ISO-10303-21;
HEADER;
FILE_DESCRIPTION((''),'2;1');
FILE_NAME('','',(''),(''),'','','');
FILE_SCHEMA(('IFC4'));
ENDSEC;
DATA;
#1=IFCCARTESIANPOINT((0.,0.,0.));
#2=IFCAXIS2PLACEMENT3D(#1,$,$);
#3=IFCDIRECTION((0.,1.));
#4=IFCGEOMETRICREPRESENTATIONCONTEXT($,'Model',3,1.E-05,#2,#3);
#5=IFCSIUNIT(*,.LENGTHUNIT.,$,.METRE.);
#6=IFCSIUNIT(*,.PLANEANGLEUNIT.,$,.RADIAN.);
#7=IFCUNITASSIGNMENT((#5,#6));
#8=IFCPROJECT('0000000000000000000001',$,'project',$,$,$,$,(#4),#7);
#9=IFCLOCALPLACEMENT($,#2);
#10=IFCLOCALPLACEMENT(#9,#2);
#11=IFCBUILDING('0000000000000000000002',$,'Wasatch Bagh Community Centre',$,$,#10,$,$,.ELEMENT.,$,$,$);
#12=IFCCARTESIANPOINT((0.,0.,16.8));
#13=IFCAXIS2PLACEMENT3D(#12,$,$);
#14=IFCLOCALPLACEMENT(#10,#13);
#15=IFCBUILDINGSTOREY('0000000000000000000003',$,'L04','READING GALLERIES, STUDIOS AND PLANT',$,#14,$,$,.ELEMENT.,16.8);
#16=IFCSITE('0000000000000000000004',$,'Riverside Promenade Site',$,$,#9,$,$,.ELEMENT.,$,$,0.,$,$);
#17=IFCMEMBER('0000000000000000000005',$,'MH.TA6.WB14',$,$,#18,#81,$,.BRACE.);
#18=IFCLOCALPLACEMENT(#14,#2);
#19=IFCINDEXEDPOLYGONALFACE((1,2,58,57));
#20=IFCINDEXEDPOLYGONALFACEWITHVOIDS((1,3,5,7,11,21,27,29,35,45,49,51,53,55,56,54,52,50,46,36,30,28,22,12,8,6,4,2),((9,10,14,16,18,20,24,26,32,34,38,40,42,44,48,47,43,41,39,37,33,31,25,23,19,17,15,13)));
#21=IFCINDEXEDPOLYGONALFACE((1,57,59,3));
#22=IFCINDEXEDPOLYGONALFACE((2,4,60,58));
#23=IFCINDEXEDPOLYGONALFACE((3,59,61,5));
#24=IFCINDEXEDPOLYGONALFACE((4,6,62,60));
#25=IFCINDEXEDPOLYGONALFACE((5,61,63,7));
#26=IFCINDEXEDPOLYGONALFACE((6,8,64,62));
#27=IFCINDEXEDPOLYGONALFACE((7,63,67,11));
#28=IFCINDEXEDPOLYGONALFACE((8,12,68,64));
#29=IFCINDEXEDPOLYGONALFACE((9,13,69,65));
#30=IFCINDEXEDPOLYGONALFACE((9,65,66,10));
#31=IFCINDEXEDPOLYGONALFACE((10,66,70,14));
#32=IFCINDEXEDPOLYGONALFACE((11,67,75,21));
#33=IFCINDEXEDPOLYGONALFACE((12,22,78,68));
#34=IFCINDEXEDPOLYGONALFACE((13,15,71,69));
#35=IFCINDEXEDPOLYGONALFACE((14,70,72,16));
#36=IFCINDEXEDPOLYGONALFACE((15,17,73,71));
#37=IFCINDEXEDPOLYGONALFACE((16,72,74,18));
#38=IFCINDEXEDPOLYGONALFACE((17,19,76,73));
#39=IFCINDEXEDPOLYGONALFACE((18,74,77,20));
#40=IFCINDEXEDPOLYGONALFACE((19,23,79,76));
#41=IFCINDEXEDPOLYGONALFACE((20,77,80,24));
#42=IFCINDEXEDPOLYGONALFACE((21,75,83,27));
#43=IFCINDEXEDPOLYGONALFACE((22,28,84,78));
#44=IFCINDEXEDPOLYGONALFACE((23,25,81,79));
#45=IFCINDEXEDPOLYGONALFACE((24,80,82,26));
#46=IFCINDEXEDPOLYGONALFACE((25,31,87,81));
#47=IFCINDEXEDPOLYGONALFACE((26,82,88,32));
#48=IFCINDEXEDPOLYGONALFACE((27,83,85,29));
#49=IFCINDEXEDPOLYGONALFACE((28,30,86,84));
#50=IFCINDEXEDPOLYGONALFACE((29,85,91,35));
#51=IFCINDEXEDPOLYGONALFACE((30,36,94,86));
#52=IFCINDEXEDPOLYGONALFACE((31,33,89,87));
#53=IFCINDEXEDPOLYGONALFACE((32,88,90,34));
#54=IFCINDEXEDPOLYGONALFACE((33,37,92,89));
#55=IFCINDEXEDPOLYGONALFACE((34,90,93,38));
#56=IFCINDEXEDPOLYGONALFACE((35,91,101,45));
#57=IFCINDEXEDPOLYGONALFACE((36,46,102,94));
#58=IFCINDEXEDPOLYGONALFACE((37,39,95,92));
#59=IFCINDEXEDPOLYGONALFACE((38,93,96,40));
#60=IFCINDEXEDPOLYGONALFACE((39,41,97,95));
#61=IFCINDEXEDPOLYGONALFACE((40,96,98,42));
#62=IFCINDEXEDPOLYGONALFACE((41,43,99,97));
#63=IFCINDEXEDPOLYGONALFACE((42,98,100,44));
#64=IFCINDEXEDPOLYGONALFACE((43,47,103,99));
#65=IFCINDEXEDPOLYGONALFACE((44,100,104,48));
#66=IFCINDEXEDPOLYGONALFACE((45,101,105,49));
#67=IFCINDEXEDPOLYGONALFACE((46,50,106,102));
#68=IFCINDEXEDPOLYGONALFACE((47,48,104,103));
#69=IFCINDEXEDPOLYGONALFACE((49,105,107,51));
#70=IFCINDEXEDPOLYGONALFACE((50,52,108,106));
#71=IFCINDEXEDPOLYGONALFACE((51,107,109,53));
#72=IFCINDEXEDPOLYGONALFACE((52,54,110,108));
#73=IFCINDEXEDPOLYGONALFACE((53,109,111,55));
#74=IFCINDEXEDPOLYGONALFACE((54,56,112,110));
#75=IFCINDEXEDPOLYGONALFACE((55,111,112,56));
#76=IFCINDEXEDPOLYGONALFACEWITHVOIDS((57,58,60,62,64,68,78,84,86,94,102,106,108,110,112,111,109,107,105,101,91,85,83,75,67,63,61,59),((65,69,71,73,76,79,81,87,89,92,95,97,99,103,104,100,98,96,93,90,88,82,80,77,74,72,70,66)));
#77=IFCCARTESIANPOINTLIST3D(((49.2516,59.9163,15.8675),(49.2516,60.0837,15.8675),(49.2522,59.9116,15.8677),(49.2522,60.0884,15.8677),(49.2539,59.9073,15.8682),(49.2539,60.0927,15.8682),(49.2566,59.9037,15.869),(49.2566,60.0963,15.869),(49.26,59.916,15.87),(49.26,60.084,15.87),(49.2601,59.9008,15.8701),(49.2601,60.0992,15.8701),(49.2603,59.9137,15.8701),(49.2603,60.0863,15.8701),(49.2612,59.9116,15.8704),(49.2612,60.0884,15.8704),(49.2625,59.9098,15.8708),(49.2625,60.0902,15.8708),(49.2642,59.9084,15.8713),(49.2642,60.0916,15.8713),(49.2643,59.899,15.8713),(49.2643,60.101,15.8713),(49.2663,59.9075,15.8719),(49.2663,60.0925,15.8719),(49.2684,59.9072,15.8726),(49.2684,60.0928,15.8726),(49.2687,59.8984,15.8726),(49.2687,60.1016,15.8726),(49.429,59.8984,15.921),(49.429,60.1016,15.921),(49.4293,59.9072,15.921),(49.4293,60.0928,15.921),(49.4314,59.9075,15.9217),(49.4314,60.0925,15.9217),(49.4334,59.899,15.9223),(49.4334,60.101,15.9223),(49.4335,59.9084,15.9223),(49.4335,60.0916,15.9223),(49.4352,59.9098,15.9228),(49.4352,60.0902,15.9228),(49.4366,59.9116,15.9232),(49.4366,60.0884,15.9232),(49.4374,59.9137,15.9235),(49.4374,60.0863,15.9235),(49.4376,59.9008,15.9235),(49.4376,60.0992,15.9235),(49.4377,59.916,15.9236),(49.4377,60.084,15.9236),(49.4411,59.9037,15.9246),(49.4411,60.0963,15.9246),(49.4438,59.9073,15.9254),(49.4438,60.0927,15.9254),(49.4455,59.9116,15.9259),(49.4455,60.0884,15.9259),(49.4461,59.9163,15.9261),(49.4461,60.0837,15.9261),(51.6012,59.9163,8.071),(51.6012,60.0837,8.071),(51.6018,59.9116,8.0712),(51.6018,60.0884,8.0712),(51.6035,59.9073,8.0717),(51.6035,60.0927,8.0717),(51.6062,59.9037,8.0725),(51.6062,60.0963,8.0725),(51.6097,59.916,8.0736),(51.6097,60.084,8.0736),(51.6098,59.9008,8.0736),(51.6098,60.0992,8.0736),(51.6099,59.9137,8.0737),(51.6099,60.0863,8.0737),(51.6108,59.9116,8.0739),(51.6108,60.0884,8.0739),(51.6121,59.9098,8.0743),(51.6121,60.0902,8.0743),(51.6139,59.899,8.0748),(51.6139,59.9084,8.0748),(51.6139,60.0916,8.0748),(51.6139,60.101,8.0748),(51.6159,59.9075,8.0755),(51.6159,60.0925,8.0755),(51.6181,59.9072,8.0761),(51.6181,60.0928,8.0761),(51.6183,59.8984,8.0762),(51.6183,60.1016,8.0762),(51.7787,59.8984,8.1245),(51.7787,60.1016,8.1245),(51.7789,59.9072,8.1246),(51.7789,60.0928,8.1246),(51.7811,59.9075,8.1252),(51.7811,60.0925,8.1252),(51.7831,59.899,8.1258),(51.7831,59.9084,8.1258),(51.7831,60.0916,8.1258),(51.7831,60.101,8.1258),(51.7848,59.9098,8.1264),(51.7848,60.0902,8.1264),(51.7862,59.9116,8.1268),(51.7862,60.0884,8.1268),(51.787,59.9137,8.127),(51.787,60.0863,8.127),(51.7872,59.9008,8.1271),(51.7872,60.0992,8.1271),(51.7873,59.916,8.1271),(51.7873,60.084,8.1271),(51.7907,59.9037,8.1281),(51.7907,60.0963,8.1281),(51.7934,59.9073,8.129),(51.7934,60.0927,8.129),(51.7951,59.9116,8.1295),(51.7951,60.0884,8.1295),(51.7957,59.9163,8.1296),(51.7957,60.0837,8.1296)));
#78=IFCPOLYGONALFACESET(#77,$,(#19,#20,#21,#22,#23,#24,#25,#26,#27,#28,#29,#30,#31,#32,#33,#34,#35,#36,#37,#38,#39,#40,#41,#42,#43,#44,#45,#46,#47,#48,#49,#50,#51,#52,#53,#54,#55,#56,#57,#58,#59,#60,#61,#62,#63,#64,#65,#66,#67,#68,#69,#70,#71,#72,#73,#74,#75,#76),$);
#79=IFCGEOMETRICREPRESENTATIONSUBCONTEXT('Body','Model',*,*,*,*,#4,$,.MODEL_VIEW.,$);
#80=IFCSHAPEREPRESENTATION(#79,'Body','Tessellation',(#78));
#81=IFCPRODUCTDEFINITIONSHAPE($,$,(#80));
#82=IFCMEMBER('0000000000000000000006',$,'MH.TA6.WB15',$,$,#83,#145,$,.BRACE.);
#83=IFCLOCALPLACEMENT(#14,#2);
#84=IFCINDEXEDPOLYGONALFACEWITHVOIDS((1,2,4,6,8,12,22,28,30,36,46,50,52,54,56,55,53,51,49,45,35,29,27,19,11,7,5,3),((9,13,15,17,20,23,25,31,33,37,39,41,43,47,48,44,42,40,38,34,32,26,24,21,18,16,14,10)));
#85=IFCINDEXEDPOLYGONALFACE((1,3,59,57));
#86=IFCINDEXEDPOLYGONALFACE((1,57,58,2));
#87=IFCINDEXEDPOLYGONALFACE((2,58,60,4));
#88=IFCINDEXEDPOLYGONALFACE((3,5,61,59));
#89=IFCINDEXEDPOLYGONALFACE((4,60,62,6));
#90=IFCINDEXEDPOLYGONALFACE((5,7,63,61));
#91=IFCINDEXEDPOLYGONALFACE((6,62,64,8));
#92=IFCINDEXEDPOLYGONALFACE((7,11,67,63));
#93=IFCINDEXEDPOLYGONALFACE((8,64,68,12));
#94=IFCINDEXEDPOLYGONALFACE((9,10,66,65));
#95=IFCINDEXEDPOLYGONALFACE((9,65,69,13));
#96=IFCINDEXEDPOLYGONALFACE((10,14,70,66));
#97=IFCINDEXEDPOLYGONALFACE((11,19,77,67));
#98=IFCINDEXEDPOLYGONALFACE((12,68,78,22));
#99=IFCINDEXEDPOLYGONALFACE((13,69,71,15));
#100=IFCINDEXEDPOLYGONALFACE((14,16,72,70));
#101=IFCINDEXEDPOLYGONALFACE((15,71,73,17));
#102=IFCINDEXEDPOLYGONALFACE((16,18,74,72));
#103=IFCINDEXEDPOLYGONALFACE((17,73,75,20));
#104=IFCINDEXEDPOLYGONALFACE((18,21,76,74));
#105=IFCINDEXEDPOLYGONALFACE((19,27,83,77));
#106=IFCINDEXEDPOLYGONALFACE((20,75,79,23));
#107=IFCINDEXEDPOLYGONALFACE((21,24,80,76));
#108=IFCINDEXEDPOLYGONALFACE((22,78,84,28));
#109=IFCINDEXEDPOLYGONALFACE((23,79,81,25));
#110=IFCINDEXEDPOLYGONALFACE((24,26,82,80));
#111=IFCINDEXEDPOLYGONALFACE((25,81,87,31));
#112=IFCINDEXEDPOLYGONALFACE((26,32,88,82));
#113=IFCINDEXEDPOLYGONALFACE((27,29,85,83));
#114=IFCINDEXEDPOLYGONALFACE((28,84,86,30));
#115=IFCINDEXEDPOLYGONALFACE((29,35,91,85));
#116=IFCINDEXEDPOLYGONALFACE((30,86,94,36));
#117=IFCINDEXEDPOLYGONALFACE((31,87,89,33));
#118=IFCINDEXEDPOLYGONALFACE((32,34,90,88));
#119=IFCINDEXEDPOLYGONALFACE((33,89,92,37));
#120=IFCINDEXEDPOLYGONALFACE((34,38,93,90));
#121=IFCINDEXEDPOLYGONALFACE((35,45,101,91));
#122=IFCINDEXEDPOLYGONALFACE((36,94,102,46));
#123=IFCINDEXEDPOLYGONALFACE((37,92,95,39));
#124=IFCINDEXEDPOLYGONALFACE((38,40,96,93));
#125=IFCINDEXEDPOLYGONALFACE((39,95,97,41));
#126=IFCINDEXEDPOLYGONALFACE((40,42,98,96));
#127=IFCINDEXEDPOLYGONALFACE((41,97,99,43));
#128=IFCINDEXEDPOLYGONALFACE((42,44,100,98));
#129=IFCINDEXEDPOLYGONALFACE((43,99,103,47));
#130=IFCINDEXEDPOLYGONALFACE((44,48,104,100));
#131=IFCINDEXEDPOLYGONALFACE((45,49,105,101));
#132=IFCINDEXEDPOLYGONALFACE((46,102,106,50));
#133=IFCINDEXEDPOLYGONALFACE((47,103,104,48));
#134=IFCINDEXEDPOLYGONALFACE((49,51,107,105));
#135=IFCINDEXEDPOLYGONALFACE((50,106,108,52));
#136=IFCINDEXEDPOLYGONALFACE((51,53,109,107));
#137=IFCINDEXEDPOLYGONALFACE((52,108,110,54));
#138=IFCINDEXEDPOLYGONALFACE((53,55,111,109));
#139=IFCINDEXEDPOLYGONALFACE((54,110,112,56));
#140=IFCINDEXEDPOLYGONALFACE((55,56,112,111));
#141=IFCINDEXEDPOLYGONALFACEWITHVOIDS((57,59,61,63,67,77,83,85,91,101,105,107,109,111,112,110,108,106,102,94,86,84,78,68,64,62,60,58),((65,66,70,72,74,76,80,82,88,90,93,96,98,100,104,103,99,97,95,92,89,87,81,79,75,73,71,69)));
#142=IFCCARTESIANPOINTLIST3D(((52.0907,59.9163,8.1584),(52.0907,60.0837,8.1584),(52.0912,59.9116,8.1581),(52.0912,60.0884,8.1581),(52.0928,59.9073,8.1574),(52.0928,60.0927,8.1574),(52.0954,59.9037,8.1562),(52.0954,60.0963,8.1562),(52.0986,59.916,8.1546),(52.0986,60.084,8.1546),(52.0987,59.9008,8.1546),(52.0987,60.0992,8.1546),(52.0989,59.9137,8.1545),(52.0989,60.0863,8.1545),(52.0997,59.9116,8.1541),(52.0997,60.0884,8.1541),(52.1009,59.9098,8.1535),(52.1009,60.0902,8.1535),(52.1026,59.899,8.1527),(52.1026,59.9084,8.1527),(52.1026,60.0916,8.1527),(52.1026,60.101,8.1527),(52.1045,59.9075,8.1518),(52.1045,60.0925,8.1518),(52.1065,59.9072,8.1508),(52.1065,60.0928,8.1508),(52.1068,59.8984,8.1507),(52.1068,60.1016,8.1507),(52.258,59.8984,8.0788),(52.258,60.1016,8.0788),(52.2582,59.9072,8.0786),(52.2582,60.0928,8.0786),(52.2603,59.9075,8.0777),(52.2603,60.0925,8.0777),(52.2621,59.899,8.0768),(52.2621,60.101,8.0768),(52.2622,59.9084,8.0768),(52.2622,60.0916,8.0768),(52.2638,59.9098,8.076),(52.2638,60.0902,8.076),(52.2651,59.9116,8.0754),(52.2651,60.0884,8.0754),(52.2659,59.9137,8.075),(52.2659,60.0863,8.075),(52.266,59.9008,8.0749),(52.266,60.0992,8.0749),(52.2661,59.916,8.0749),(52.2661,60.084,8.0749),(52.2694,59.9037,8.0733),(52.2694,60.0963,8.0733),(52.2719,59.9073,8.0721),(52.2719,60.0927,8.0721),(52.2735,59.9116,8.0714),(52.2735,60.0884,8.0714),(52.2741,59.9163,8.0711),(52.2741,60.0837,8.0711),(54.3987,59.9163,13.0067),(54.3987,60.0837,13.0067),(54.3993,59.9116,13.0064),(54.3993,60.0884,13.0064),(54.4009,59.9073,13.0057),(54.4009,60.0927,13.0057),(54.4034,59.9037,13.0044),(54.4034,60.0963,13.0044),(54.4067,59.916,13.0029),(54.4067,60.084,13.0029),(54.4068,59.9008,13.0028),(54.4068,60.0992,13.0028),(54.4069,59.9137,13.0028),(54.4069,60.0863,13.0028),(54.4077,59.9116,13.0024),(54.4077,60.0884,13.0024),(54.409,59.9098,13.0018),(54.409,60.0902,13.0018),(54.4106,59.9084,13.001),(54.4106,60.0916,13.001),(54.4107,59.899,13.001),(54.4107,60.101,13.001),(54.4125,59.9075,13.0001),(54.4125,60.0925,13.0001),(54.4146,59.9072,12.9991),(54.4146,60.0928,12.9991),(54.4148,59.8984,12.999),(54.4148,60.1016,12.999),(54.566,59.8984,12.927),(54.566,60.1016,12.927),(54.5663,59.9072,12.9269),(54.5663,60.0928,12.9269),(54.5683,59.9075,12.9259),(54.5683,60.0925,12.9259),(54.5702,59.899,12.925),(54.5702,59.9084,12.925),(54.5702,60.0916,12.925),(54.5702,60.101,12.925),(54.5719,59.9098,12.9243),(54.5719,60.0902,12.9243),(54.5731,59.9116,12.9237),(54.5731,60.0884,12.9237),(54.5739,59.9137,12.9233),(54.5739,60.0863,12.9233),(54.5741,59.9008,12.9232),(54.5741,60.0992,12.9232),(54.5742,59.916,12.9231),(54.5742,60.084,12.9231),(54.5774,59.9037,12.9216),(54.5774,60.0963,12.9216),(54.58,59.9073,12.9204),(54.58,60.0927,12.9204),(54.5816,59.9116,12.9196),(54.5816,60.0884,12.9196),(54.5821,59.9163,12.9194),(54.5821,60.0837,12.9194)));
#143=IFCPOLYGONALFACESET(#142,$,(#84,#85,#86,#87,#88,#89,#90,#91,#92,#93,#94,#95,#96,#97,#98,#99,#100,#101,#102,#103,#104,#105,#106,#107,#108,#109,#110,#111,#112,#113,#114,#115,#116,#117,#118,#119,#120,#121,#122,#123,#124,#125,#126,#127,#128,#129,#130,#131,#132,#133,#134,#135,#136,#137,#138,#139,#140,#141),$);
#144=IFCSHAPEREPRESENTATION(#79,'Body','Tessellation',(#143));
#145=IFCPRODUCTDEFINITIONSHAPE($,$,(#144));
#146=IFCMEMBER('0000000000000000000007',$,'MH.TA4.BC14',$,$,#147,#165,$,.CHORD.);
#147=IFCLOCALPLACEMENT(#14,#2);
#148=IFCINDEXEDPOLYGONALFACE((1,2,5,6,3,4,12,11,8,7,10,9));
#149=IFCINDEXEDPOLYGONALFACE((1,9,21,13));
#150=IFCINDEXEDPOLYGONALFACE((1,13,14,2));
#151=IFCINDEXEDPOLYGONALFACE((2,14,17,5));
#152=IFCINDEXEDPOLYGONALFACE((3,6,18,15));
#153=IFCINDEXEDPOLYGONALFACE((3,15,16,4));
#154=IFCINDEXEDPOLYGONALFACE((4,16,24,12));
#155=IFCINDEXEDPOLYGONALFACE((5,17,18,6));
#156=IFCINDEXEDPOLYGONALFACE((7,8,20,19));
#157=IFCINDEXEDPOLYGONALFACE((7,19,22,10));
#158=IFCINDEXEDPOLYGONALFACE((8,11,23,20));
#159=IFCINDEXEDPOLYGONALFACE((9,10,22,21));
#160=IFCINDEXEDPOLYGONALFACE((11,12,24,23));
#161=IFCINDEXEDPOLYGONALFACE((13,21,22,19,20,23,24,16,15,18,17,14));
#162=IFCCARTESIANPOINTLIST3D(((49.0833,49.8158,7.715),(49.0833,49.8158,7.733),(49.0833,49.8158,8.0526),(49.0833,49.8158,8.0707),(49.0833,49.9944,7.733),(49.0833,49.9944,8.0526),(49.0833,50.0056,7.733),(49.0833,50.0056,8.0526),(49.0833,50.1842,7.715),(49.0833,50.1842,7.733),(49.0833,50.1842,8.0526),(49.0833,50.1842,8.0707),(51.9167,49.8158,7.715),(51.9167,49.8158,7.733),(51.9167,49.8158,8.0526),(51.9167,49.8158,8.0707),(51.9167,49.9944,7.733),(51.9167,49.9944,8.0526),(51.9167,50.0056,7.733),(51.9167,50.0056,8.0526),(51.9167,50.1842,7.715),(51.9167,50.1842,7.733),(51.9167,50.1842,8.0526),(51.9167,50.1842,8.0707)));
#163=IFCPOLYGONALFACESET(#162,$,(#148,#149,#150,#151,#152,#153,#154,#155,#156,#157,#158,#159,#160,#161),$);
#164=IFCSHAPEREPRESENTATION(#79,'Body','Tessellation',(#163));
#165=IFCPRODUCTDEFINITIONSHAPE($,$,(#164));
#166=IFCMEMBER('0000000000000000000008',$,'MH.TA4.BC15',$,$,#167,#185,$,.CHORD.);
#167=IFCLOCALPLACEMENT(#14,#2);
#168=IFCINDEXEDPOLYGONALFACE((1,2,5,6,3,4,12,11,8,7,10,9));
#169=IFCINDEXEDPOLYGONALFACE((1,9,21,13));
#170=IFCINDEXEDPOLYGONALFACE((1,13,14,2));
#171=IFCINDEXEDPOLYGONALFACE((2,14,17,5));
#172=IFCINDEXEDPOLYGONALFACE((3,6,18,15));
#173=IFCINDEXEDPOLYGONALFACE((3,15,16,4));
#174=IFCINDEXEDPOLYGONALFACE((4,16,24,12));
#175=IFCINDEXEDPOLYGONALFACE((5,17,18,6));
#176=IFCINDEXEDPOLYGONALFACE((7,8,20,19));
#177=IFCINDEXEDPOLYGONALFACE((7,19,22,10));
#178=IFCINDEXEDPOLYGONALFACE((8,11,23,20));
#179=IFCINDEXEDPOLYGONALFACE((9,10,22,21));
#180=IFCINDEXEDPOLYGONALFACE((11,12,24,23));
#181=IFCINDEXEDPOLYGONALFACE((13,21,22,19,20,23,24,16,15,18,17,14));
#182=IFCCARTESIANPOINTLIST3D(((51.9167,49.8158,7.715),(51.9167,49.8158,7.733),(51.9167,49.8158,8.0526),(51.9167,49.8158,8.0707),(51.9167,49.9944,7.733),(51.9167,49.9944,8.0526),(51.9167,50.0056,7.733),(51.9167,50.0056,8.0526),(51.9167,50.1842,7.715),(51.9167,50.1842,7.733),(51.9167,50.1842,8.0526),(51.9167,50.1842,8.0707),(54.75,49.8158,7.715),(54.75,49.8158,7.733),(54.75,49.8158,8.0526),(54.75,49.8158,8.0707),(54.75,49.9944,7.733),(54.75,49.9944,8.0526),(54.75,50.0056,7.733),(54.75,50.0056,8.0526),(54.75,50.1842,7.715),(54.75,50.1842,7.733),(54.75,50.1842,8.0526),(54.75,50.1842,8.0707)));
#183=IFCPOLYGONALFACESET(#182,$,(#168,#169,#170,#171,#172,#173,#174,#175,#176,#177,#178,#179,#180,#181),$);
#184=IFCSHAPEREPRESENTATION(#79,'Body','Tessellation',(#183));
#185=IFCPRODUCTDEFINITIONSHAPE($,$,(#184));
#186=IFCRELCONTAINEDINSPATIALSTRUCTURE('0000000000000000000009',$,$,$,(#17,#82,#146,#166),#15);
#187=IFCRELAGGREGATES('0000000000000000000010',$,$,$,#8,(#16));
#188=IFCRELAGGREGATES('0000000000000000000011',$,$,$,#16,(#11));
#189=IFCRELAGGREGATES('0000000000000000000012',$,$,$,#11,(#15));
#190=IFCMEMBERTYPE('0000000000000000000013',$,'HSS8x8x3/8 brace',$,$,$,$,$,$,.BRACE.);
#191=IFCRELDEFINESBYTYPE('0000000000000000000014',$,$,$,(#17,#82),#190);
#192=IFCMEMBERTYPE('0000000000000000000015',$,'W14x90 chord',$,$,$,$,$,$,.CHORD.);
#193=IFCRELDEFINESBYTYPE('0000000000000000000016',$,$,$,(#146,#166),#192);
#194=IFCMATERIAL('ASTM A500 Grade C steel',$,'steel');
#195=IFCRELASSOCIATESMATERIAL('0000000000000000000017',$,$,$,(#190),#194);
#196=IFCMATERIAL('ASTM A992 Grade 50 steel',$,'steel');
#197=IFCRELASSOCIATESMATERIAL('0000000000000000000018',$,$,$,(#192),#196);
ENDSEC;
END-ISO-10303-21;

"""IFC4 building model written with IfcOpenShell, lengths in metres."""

from ifc_helpers import new_model, si_unit, direction, frame, origin, origin_2d, place, context, subcontext, project, spatial, hollow_rectangle, i_section, extrude, material, material_profile, profile_set, type_object, element, save


model = new_model("IFC4")

# Units and contexts
model_context = context("Model", 3, precision=1e-05, world=origin(), true_north=direction((0.0, 1.0)))
body_context = subcontext(model_context, "Body", "Model", "MODEL_VIEW")
ifc_project = project(units=[si_unit("LENGTHUNIT", "METRE"), si_unit("PLANEANGLEUNIT", "RADIAN")], contexts=[model_context])

# Site, building, storey
site_placement = place(None, origin())
site = spatial("IfcSite", under=ifc_project, at=site_placement, Name="Riverside Promenade Site", CompositionType="ELEMENT", RefElevation=0.0)
building_placement = place(site_placement, origin())
building = spatial("IfcBuilding", under=site, at=building_placement, Name="Wasatch Bagh Community Centre", CompositionType="ELEMENT")
storey_placement = place(building_placement, frame((0.0, 0.0, 16.8)))
storey = spatial("IfcBuildingStorey", under=building, at=storey_placement, Name="L04", Description="READING GALLERIES, STUDIOS AND PLANT", CompositionType="ELEMENT", Elevation=16.8)

# Members
ifc_material_1 = material(Name="ASTM A500 Grade C steel", Category="steel")
ifc_material_profile_1 = material_profile(ifc_material_1, hollow_rectangle(XDim=0.2031, YDim=0.2031, WallThickness=0.0088, InnerFilletRadius=0.0088, OuterFilletRadius=0.0178, at=origin_2d()), Name="HSS8x8x3/8")
ifc_profile_set_1 = profile_set([ifc_material_profile_1], Name="ASTM A500 Grade C steel")
member_type_1 = type_object("IfcMemberType", Name="HSS8x8x3/8 brace", PredefinedType="BRACE", material=ifc_profile_set_1)
member_1_placement = place(storey_placement, frame((51.6985, 60.0, 8.1003), z_axis=(-0.288552, 0.0, 0.957464), x_axis=(0.0, -1.0, 0.0)))
element("IfcMember", 1, at=member_1_placement, inside=storey, type_object=member_type_1, Name="MH.TA6.WB14", PredefinedType="BRACE", context=body_context, shape_type="SweptSolid", body=[
    extrude(hollow_rectangle(XDim=0.2031, YDim=0.2031, WallThickness=0.0088, InnerFilletRadius=0.0088, OuterFilletRadius=0.0178, at=origin_2d()), origin(), (0.0, 0.0, 1.0), 8.1428),
])
member_2_placement = place(storey_placement, frame((52.1824, 60.0, 8.1147), z_axis=(0.429835, 0.0, 0.902908), x_axis=(0.0, 1.0, 0.0)))
element("IfcMember", 2, at=member_2_placement, inside=storey, type_object=member_type_1, Name="MH.TA6.WB15", PredefinedType="BRACE", context=body_context, shape_type="SweptSolid", body=[
    extrude(hollow_rectangle(XDim=0.2031, YDim=0.2031, WallThickness=0.0088, InnerFilletRadius=0.0088, OuterFilletRadius=0.0178, at=origin_2d()), origin(), (0.0, 0.0, 1.0), 5.3696),
])
ifc_material_2 = material(Name="ASTM A992 Grade 50 steel", Category="steel")
ifc_material_profile_2 = material_profile(ifc_material_2, i_section(OverallWidth=0.3684, OverallDepth=0.3557, WebThickness=0.0112, FlangeThickness=0.0181, at=origin_2d()), Name="W14x90")
ifc_profile_set_2 = profile_set([ifc_material_profile_2], Name="ASTM A992 Grade 50 steel")
member_type_2 = type_object("IfcMemberType", Name="W14x90 chord", PredefinedType="CHORD", material=ifc_profile_set_2)
member_3_placement = place(storey_placement, frame((49.0833, 50.0, 7.8928), z_axis=(1.0, 0.0, 0.0), x_axis=(0.0, 1.0, 0.0)))
element("IfcMember", 3, at=member_3_placement, inside=storey, type_object=member_type_2, Name="MH.TA4.BC14", PredefinedType="CHORD", context=body_context, shape_type="SweptSolid", body=[
    extrude(i_section(OverallWidth=0.3684, OverallDepth=0.3557, WebThickness=0.0112, FlangeThickness=0.0181, at=origin_2d()), origin(), (0.0, 0.0, 1.0), 2.8335),
])
member_4_placement = place(storey_placement, frame((51.9167, 50.0, 7.8928), z_axis=(1.0, 0.0, 0.0), x_axis=(0.0, 1.0, 0.0)))
element("IfcMember", 4, at=member_4_placement, inside=storey, type_object=member_type_2, Name="MH.TA4.BC15", PredefinedType="CHORD", context=body_context, shape_type="SweptSolid", body=[
    extrude(i_section(OverallWidth=0.3684, OverallDepth=0.3557, WebThickness=0.0112, FlangeThickness=0.0181, at=origin_2d()), origin(), (0.0, 0.0, 1.0), 2.8333),
])

save(model, "model.ifc")
